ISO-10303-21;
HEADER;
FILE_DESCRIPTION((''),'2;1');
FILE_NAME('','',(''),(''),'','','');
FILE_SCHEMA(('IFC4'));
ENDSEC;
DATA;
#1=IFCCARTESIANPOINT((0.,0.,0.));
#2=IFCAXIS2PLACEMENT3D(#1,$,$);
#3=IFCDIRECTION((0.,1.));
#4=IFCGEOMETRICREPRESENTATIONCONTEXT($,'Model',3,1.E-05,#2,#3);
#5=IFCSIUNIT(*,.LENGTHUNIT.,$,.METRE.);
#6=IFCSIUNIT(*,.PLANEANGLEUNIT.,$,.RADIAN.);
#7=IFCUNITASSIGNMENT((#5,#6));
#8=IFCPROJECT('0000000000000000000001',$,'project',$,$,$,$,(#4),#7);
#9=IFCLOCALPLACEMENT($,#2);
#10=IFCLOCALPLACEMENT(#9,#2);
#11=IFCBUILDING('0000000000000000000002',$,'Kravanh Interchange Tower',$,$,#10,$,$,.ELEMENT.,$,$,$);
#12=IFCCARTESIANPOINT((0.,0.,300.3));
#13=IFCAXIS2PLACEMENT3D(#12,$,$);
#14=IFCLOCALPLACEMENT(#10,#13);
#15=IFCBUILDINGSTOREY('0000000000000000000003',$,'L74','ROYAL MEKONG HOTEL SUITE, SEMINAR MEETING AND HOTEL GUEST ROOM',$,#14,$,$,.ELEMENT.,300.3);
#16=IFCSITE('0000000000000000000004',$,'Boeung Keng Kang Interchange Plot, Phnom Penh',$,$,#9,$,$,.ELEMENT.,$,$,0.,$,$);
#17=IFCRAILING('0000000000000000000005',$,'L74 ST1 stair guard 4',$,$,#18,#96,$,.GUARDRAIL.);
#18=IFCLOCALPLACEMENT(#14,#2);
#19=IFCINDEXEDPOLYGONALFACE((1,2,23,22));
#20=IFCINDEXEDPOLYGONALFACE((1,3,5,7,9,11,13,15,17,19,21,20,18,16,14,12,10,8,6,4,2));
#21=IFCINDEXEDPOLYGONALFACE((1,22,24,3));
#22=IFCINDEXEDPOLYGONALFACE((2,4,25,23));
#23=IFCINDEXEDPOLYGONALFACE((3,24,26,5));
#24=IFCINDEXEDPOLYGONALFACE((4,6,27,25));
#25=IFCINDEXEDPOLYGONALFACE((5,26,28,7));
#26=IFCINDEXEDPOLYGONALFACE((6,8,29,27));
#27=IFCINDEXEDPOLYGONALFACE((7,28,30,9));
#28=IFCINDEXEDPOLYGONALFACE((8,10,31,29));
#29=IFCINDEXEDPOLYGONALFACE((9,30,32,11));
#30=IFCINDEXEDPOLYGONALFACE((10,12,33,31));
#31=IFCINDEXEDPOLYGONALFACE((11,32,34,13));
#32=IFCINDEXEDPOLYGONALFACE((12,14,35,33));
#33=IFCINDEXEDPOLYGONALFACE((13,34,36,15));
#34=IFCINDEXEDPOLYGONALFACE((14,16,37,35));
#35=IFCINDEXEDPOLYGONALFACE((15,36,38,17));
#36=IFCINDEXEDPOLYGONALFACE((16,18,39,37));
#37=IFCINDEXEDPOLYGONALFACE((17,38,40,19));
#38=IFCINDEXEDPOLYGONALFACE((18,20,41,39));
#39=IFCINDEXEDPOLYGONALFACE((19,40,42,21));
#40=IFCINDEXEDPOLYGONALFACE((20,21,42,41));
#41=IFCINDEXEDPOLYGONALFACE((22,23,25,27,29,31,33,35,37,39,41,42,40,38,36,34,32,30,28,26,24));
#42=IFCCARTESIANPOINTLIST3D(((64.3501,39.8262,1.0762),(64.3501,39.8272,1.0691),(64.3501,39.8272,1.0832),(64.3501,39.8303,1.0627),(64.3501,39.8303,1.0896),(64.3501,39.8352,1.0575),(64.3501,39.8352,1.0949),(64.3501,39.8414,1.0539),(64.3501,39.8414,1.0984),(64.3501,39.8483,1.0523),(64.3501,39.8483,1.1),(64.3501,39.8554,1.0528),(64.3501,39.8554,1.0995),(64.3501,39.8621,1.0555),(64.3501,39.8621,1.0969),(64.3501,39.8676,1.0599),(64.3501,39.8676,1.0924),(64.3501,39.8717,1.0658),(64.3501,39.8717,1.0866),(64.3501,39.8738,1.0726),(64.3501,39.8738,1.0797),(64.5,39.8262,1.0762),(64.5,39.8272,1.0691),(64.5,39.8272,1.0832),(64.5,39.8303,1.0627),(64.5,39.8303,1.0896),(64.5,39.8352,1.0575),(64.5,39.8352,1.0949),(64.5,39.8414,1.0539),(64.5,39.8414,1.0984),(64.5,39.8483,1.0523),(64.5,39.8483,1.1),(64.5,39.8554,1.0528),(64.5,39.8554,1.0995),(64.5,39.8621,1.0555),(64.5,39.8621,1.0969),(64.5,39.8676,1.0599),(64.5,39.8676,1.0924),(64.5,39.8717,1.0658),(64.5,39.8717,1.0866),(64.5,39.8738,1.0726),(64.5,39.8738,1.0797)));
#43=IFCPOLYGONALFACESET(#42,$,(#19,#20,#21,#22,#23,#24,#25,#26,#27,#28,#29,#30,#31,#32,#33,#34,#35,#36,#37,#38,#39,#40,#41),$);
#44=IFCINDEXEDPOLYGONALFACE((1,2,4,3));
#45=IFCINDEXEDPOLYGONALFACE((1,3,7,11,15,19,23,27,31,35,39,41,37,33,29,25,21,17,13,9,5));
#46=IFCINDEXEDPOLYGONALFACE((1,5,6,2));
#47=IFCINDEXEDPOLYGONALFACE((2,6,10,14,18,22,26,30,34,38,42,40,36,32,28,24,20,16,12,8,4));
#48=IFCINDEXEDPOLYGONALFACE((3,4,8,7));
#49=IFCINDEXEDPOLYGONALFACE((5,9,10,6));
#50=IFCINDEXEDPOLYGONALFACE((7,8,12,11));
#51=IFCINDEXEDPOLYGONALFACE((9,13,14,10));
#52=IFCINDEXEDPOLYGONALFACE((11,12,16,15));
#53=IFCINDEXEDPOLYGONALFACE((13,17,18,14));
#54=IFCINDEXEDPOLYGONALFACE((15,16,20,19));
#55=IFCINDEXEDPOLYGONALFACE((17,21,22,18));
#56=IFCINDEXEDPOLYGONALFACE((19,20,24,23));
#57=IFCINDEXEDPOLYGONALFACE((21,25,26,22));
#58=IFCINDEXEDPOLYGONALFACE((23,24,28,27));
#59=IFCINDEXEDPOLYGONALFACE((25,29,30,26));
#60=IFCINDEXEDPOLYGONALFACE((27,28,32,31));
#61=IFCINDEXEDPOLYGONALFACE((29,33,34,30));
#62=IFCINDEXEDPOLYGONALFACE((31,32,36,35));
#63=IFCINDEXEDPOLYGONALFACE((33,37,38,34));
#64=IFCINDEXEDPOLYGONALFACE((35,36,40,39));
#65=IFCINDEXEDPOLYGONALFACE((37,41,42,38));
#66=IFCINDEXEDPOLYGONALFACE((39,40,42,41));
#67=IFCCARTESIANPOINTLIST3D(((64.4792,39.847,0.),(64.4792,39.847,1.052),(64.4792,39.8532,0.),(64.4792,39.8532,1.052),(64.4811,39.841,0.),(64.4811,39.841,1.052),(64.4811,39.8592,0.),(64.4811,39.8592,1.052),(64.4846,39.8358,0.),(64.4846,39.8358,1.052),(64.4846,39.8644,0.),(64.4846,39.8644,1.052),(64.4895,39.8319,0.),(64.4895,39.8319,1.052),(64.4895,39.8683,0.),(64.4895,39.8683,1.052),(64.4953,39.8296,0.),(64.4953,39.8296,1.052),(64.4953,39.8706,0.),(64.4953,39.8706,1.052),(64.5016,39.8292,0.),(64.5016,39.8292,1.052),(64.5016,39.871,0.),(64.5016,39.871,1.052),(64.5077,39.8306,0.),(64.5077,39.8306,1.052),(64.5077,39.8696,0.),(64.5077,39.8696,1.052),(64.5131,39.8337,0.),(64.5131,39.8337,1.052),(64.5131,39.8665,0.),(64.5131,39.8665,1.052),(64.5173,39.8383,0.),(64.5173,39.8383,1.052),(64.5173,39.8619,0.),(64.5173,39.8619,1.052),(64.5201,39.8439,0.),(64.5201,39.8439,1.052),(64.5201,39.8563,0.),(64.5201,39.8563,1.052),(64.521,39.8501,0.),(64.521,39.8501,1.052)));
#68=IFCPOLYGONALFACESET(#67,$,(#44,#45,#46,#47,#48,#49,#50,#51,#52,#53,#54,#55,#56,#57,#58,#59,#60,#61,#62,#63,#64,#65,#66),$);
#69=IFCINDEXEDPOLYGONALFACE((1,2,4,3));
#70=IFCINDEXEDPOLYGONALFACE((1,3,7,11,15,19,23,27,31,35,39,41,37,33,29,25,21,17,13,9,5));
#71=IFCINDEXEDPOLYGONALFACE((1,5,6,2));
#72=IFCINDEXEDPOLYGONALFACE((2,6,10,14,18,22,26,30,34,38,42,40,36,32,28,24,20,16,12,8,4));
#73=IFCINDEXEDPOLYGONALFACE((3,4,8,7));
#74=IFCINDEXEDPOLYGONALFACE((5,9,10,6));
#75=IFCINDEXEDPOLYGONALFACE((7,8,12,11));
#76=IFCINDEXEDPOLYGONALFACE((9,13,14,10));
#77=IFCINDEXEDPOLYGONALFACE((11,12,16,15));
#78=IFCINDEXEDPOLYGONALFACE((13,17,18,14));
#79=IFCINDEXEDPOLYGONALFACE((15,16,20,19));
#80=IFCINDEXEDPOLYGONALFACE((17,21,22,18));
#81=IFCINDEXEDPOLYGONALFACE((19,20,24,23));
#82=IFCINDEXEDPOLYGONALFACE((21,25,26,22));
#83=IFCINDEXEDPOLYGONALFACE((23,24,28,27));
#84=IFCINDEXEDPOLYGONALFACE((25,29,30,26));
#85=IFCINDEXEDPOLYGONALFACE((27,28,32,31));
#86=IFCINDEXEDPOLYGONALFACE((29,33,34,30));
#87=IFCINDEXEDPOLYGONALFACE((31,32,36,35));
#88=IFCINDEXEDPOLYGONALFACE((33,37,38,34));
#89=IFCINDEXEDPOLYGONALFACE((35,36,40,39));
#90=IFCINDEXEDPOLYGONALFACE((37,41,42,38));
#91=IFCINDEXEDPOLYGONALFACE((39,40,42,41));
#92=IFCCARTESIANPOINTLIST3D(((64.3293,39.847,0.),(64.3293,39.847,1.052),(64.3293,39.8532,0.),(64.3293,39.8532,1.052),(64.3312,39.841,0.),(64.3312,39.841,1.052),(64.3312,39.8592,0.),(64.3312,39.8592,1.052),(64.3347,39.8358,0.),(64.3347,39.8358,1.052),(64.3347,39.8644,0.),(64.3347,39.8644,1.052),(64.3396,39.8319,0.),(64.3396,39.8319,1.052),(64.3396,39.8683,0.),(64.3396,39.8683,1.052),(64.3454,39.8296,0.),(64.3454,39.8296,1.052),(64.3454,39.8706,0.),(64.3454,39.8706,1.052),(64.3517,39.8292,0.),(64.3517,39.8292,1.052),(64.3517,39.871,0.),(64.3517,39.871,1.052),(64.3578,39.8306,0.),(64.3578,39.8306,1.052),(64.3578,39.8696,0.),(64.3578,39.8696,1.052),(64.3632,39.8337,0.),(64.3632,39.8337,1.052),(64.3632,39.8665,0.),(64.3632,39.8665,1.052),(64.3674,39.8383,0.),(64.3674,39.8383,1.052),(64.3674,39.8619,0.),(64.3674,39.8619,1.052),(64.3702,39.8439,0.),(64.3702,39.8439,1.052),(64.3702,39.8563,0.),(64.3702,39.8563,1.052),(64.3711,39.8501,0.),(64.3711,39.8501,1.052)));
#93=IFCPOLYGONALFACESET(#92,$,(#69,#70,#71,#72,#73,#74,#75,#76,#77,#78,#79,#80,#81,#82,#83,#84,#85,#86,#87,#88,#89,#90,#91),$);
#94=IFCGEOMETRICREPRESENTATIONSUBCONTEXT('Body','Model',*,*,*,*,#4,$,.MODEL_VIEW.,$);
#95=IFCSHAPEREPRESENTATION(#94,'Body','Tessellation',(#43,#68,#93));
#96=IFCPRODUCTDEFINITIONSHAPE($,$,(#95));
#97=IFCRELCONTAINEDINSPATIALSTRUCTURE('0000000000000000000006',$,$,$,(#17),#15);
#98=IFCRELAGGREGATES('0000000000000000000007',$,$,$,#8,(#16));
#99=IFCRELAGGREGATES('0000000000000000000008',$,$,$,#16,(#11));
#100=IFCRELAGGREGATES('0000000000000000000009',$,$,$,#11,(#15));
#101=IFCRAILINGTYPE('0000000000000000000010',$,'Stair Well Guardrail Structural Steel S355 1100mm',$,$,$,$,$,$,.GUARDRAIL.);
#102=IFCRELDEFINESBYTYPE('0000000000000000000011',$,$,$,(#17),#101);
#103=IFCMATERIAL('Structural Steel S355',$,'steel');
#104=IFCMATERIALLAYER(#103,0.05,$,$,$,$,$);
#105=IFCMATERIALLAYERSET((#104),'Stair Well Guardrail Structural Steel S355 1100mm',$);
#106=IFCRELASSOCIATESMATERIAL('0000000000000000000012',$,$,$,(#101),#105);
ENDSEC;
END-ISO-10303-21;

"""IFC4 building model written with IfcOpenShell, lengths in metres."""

from ifc_helpers import new_model, si_unit, direction, frame, origin, origin_2d, place, context, subcontext, project, spatial, circle, extrude, material, layer, layer_set, type_object, element, save


model = new_model("IFC4")

# Units and contexts
model_context = context("Model", 3, precision=1e-05, world=origin(), true_north=direction((0.0, 1.0)))
body_context = subcontext(model_context, "Body", "Model", "MODEL_VIEW")
ifc_project = project(units=[si_unit("LENGTHUNIT", "METRE"), si_unit("PLANEANGLEUNIT", "RADIAN")], contexts=[model_context])

# Site, building, storey
site_placement = place(None, origin())
site = spatial("IfcSite", under=ifc_project, at=site_placement, Name="Boeung Keng Kang Interchange Plot, Phnom Penh", CompositionType="ELEMENT", RefElevation=0.0)
building_placement = place(site_placement, origin())
building = spatial("IfcBuilding", under=site, at=building_placement, Name="Kravanh Interchange Tower", CompositionType="ELEMENT")
storey_placement = place(building_placement, frame((0.0, 0.0, 300.3)))
storey = spatial("IfcBuildingStorey", under=building, at=storey_placement, Name="L74", Description="ROYAL MEKONG HOTEL SUITE, SEMINAR MEETING AND HOTEL GUEST ROOM", CompositionType="ELEMENT", Elevation=300.3)

# Railing
ifc_material_1 = material(Name="Structural Steel S355", Category="steel")
ifc_layer_1 = layer(ifc_material_1, 0.05)
ifc_layer_set_1 = layer_set([ifc_layer_1], Name="Stair Well Guardrail Structural Steel S355 1100mm")
railing_type_1 = type_object("IfcRailingType", Name="Stair Well Guardrail Structural Steel S355 1100mm", PredefinedType="GUARDRAIL", material=ifc_layer_set_1)
railing_1_placement = place(storey_placement, frame((64.5, 39.8501, 0.0)))
element("IfcRailing", 1, at=railing_1_placement, inside=storey, type_object=railing_type_1, Name="L74 ST1 stair guard 4", PredefinedType="GUARDRAIL", context=body_context, shape_type="SweptSolid", body=[
    extrude(circle(Radius=0.0239, at=origin_2d()), frame((0.0, 0.0, 1.0762), z_axis=(-1.0, 0.0, 0.0), x_axis=(0.0, -1.0, 0.0)), (0.0, 0.0, 1.0), 0.1499),
    extrude(circle(Radius=0.021, at=origin_2d()), origin(), (0.0, 0.0, 1.0), 1.052),
    extrude(circle(Radius=0.021, at=origin_2d()), frame((-0.1499, 0.0, 0.0)), (0.0, 0.0, 1.0), 1.052),
])

save(model, "model.ifc")
